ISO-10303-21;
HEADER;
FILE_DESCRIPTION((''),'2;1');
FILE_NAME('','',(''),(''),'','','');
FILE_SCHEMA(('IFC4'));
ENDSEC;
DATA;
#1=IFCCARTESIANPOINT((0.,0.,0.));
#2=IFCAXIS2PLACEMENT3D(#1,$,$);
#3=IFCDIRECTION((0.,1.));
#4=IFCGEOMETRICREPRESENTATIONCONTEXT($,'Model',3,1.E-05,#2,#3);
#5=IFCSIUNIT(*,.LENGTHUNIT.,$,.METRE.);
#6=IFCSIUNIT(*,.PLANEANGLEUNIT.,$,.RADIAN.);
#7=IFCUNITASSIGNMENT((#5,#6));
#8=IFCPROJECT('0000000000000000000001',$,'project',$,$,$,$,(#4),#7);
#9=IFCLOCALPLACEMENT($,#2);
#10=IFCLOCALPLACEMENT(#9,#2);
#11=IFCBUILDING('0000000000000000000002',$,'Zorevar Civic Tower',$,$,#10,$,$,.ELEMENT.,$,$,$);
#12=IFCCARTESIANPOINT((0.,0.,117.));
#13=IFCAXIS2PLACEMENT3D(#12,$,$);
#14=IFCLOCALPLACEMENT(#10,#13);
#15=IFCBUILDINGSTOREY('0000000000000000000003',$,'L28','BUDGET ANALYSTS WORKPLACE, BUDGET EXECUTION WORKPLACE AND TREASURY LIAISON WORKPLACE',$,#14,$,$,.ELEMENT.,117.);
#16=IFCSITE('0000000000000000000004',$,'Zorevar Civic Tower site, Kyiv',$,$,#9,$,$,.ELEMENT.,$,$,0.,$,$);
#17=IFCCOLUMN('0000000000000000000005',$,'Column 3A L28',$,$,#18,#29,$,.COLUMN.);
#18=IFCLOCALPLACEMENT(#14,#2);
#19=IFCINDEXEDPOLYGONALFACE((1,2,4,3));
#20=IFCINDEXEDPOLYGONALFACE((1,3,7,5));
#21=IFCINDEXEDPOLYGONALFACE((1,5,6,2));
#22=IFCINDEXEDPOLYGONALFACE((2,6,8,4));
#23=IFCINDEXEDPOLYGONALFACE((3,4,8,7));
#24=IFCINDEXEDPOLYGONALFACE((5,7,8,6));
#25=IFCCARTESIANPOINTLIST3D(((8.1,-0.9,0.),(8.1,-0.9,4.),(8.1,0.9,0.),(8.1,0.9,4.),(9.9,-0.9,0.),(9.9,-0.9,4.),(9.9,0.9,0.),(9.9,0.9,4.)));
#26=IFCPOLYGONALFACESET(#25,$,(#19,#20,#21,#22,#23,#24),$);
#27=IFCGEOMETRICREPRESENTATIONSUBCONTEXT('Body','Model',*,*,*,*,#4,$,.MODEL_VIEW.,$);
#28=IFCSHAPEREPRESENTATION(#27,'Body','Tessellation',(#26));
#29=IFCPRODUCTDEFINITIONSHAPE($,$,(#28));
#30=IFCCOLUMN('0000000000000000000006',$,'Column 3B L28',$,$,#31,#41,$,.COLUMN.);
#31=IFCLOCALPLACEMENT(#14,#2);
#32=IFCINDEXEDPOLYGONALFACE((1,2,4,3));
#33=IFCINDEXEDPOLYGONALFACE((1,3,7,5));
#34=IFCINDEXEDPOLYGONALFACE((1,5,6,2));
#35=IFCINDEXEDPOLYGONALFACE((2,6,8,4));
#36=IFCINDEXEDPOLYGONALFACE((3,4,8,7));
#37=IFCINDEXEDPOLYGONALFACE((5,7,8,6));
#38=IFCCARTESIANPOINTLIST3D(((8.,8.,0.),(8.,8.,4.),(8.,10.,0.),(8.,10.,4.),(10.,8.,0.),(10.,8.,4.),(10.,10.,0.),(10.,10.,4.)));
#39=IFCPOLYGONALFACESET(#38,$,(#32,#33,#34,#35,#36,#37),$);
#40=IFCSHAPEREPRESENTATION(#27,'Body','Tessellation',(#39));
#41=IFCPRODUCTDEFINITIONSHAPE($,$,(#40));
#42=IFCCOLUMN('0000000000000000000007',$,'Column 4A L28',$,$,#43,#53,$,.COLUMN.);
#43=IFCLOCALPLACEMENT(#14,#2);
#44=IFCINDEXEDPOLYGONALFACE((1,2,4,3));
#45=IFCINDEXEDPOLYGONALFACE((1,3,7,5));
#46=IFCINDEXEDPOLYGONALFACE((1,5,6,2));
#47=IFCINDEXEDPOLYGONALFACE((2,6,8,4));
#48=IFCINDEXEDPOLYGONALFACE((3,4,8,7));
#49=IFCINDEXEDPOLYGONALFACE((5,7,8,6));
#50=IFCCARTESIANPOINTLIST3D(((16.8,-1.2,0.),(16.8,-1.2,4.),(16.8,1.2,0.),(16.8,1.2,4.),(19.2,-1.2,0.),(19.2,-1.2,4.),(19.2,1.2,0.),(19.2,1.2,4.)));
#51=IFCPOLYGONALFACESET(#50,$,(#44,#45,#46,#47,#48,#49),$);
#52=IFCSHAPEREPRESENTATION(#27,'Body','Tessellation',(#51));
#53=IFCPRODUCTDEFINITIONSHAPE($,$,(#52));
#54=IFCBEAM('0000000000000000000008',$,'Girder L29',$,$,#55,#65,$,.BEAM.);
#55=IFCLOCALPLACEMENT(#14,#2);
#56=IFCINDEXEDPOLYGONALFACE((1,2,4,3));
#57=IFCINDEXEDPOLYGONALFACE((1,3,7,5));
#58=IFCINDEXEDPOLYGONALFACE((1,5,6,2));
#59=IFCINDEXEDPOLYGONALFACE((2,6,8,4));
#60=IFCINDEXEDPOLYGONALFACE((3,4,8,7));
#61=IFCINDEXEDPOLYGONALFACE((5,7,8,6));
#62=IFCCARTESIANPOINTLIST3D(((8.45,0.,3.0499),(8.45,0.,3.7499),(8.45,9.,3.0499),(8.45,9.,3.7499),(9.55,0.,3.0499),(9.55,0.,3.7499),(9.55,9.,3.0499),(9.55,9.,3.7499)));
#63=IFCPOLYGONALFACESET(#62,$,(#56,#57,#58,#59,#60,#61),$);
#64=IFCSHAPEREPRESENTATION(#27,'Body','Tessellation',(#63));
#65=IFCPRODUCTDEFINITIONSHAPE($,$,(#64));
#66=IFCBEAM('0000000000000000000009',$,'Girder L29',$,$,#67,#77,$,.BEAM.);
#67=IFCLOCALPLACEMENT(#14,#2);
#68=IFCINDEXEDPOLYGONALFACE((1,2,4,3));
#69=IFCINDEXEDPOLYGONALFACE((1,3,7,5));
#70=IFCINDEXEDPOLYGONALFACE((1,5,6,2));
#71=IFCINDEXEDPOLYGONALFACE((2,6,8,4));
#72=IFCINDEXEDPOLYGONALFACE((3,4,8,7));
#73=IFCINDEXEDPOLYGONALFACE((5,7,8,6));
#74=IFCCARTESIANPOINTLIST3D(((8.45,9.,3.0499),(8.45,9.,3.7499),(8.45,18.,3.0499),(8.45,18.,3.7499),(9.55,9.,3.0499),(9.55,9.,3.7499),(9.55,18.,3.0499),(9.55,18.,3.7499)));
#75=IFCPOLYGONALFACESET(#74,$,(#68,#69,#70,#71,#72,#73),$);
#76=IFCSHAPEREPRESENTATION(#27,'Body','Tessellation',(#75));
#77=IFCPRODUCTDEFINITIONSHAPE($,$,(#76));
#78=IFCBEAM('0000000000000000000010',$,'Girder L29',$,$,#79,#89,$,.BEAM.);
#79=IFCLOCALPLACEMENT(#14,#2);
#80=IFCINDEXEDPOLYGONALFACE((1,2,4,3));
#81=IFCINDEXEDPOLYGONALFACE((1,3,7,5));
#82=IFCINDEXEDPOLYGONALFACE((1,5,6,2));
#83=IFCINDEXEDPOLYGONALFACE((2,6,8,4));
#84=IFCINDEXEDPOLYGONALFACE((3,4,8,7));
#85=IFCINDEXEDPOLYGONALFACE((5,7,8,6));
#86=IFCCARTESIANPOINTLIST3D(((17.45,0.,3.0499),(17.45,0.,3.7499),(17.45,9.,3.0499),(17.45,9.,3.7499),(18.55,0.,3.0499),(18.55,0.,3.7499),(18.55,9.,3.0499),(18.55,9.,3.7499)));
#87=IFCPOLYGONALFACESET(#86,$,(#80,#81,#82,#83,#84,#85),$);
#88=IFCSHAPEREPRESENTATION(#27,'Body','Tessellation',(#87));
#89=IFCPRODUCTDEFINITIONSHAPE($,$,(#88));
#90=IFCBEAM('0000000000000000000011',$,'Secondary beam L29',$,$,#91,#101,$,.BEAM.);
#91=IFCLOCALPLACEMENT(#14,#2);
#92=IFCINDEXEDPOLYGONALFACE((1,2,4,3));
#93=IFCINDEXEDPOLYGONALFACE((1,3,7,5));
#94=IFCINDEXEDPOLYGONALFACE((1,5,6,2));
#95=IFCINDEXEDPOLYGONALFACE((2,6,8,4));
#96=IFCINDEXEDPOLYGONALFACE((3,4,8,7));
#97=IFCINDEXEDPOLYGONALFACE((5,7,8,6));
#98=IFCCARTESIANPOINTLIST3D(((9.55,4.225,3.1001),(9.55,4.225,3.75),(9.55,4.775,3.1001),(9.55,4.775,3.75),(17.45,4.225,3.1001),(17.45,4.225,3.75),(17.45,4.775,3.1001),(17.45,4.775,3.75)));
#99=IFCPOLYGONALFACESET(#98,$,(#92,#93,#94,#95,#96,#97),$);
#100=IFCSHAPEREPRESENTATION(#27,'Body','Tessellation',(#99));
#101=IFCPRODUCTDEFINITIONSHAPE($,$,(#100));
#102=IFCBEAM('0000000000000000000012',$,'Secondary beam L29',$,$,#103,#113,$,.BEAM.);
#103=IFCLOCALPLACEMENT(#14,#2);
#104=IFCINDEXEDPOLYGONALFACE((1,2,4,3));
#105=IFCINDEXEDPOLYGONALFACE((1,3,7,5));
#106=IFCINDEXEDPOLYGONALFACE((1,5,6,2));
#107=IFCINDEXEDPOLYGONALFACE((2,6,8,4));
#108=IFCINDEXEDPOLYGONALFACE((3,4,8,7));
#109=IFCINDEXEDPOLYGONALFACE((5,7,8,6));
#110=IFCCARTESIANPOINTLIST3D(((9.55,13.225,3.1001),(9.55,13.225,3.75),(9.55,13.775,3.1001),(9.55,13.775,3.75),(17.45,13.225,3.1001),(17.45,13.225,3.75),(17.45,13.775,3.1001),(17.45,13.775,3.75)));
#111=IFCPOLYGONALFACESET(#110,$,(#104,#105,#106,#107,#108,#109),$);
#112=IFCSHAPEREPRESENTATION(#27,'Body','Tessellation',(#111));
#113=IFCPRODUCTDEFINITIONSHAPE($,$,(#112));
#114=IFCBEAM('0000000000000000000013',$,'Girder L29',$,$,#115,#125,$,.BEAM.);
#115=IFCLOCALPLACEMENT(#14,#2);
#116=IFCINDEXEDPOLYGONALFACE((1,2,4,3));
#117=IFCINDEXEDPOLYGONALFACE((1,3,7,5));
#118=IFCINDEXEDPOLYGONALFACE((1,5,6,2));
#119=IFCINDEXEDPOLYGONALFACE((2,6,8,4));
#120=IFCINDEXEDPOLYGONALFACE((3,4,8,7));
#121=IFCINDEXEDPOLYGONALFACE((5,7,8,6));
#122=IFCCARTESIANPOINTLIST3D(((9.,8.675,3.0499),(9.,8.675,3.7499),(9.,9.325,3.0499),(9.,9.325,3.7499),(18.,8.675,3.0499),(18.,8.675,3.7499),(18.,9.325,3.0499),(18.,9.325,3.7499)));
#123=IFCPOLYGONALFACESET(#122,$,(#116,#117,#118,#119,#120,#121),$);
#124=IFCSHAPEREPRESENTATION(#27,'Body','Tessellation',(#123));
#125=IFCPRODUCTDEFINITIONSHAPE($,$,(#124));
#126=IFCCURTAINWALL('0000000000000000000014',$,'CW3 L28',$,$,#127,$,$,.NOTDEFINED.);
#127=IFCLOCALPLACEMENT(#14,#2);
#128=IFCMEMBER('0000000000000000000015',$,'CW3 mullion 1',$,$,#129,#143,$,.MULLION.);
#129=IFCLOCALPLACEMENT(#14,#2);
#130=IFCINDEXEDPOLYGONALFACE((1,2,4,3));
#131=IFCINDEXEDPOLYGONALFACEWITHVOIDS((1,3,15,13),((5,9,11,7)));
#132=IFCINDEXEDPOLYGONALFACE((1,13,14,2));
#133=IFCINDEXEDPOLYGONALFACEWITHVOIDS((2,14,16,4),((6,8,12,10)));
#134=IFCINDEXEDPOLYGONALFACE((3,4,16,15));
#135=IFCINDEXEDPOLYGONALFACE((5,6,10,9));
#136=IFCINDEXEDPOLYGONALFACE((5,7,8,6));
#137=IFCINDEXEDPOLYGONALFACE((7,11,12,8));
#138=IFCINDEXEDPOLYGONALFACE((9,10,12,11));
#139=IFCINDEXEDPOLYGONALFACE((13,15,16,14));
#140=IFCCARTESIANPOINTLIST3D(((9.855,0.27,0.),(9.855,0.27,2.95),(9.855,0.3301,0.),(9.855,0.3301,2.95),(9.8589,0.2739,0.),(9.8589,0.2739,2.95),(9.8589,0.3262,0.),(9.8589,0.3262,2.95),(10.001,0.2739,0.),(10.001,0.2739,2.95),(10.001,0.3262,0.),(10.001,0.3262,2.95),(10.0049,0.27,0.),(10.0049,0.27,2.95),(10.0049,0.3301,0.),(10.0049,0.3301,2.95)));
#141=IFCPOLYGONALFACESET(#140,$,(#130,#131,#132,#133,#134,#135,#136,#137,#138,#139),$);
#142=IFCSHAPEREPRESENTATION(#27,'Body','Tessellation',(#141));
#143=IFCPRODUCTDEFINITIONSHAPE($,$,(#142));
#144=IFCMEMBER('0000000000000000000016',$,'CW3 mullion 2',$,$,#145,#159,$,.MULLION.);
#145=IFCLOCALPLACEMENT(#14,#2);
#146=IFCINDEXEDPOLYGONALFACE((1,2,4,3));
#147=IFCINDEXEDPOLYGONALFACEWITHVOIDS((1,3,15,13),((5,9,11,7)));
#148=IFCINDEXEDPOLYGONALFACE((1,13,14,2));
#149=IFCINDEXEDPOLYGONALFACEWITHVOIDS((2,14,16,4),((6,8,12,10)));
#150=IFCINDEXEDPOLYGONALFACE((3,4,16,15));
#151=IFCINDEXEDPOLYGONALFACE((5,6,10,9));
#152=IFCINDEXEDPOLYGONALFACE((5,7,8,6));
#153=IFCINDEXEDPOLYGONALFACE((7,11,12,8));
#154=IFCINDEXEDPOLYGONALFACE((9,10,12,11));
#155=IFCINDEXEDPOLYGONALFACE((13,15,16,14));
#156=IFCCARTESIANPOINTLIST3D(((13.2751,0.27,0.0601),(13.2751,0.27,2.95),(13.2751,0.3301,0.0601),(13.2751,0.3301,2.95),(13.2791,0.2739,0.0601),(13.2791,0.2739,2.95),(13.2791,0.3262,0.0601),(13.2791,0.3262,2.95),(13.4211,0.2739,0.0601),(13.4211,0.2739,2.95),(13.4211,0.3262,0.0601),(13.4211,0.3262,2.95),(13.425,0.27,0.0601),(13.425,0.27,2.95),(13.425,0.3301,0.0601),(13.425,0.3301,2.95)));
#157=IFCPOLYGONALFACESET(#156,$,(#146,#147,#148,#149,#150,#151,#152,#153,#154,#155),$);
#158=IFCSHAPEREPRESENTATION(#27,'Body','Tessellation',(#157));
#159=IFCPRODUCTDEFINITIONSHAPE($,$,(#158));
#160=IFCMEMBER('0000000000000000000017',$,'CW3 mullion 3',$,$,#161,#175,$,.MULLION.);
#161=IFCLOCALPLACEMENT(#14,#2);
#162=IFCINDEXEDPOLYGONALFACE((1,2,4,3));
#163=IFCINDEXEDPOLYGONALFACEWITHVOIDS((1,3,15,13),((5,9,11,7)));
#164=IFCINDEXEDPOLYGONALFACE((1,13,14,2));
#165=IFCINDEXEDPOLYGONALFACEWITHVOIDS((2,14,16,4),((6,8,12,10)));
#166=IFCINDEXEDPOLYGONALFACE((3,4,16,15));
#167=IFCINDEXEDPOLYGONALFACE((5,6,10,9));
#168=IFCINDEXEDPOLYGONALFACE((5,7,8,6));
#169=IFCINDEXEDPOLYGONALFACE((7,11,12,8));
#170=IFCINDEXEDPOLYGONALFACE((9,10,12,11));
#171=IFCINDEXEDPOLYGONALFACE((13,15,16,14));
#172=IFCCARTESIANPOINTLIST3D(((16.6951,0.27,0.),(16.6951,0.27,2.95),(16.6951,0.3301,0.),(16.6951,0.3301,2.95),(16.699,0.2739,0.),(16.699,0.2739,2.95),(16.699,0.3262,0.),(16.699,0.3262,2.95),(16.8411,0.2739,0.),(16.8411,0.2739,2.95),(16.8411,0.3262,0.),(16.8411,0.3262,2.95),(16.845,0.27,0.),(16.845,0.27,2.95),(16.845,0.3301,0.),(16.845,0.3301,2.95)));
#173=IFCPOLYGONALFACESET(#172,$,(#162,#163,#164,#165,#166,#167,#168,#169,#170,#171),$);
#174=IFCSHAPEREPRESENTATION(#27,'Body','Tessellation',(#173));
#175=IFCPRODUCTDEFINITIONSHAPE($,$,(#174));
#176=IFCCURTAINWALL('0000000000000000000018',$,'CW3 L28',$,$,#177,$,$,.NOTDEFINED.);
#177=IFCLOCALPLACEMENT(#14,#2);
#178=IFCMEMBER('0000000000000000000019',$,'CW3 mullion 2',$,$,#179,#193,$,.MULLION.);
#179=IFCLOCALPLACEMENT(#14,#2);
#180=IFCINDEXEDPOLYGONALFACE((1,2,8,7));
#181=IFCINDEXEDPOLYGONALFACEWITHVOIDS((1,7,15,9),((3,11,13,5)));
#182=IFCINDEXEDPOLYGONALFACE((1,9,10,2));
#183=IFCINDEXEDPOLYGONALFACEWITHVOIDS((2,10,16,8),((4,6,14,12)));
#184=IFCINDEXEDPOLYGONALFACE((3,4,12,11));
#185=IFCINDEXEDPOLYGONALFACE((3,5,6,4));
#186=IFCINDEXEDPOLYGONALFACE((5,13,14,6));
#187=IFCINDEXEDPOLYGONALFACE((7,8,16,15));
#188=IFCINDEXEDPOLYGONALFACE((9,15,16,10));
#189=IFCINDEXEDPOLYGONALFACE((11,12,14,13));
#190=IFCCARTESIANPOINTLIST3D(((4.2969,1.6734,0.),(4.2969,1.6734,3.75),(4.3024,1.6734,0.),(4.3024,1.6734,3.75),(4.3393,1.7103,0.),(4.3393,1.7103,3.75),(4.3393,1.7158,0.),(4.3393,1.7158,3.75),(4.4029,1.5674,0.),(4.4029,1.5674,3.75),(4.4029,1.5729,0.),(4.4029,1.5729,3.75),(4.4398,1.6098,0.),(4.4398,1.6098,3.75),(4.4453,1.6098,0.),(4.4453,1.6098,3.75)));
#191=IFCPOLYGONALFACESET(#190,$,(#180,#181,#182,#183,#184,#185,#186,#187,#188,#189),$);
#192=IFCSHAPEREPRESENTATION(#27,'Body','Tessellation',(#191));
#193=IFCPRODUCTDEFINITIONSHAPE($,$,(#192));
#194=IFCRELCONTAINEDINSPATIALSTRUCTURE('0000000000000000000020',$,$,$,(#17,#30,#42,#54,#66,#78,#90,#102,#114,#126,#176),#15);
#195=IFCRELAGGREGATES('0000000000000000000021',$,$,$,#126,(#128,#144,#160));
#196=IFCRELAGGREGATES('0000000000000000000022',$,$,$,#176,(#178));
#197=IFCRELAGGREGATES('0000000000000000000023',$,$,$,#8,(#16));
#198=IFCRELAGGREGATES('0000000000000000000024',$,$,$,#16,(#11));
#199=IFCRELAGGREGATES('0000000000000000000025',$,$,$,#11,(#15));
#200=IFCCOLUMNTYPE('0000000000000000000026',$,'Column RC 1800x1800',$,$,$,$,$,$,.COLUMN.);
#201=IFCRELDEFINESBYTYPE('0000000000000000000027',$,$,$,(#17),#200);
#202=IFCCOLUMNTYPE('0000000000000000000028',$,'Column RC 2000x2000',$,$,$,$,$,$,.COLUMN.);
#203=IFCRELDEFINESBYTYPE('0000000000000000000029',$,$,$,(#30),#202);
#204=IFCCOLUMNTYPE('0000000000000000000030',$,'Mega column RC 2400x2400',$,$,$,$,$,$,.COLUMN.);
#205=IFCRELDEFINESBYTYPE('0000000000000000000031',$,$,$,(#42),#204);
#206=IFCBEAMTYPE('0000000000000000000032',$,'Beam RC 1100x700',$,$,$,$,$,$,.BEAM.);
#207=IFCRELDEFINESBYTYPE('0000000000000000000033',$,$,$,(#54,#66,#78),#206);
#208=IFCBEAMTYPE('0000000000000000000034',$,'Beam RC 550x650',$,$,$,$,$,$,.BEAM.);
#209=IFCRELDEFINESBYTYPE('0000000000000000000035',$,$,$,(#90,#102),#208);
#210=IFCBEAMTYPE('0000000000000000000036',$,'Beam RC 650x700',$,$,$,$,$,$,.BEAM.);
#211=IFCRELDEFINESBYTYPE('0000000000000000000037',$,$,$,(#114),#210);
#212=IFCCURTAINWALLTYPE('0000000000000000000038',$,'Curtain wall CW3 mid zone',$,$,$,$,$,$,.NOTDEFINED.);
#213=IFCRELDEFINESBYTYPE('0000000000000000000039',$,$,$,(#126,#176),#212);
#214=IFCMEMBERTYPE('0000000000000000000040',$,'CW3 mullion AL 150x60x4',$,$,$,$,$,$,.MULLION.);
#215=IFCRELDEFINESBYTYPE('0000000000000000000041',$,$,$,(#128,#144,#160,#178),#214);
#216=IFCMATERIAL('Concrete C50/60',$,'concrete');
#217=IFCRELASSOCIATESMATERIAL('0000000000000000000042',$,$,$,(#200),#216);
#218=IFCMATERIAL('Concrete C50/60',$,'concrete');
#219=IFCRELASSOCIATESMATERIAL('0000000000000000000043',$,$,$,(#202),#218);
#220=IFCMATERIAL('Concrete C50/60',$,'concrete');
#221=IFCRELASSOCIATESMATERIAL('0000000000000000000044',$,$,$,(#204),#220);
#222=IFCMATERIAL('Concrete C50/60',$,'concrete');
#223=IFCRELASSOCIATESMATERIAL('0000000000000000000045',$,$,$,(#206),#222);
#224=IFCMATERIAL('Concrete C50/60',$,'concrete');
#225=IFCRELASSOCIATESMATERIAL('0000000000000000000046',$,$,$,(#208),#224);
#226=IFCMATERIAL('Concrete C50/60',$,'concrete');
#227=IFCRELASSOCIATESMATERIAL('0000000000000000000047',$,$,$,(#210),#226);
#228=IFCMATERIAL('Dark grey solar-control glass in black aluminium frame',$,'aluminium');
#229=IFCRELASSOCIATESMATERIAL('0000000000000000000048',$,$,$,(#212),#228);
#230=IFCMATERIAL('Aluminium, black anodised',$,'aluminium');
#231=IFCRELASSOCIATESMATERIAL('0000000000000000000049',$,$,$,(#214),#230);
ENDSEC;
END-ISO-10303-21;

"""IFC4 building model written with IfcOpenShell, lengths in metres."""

from ifc_helpers import new_model, si_unit, direction, frame, origin, origin_2d, place, context, subcontext, project, spatial, rectangle, hollow_rectangle, extrude, material, material_profile, profile_set, type_object, element, aggregate, save


model = new_model("IFC4")

# Units and contexts
model_context = context("Model", 3, precision=1e-05, world=origin(), true_north=direction((0.0, 1.0)))
body_context = subcontext(model_context, "Body", "Model", "MODEL_VIEW")
ifc_project = project(units=[si_unit("LENGTHUNIT", "METRE"), si_unit("PLANEANGLEUNIT", "RADIAN")], contexts=[model_context])

# Site, building, storey
site_placement = place(None, origin())
site = spatial("IfcSite", under=ifc_project, at=site_placement, Name="Zorevar Civic Tower site, Kyiv", CompositionType="ELEMENT", RefElevation=0.0)
building_placement = place(site_placement, origin())
building = spatial("IfcBuilding", under=site, at=building_placement, Name="Zorevar Civic Tower", CompositionType="ELEMENT")
storey_placement = place(building_placement, frame((0.0, 0.0, 117.0)))
storey = spatial("IfcBuildingStorey", under=building, at=storey_placement, Name="L28", Description="BUDGET ANALYSTS WORKPLACE, BUDGET EXECUTION WORKPLACE AND TREASURY LIAISON WORKPLACE", CompositionType="ELEMENT", Elevation=117.0)

# Columns
ifc_material_1 = material(Name="Concrete C50/60", Category="concrete")
ifc_material_profile_1 = material_profile(ifc_material_1, rectangle(XDim=1.8, YDim=1.8, at=origin_2d()), Name="RC 1800x1800")
ifc_profile_set_1 = profile_set([ifc_material_profile_1], Name="Concrete C50/60")
column_type_1 = type_object("IfcColumnType", Name="Column RC 1800x1800", PredefinedType="COLUMN", material=ifc_profile_set_1)
column_1_placement = place(storey_placement, frame((9.0, 0.0, 0.0), z_axis=(0.0, 0.0, 1.0), x_axis=(1.0, 0.0, 0.0)))
element("IfcColumn", 1, at=column_1_placement, inside=storey, type_object=column_type_1, Name="Column 3A L28", PredefinedType="COLUMN", context=body_context, shape_type="SweptSolid", body=[
    extrude(rectangle(XDim=1.8, YDim=1.8, at=origin_2d()), origin(), (0.0, 0.0, 1.0), 4.0),
])
ifc_material_2 = material(Name="Concrete C50/60", Category="concrete")
ifc_material_profile_2 = material_profile(ifc_material_2, rectangle(XDim=2.0, YDim=2.0, at=origin_2d()), Name="RC 2000x2000")
ifc_profile_set_2 = profile_set([ifc_material_profile_2], Name="Concrete C50/60")
column_type_2 = type_object("IfcColumnType", Name="Column RC 2000x2000", PredefinedType="COLUMN", material=ifc_profile_set_2)
column_2_placement = place(storey_placement, frame((9.0, 9.0, 0.0), z_axis=(0.0, 0.0, 1.0), x_axis=(1.0, 0.0, 0.0)))
element("IfcColumn", 2, at=column_2_placement, inside=storey, type_object=column_type_2, Name="Column 3B L28", PredefinedType="COLUMN", context=body_context, shape_type="SweptSolid", body=[
    extrude(rectangle(XDim=2.0, YDim=2.0, at=origin_2d()), origin(), (0.0, 0.0, 1.0), 4.0),
])
ifc_material_3 = material(Name="Concrete C50/60", Category="concrete")
ifc_material_profile_3 = material_profile(ifc_material_3, rectangle(XDim=2.3999, YDim=2.3999, at=origin_2d()), Name="RC 2400x2400")
ifc_profile_set_3 = profile_set([ifc_material_profile_3], Name="Concrete C50/60")
column_type_3 = type_object("IfcColumnType", Name="Mega column RC 2400x2400", PredefinedType="COLUMN", material=ifc_profile_set_3)
column_3_placement = place(storey_placement, frame((18.0, 0.0, 0.0), z_axis=(0.0, 0.0, 1.0), x_axis=(1.0, 0.0, 0.0)))
element("IfcColumn", 3, at=column_3_placement, inside=storey, type_object=column_type_3, Name="Column 4A L28", PredefinedType="COLUMN", context=body_context, shape_type="SweptSolid", body=[
    extrude(rectangle(XDim=2.3999, YDim=2.3999, at=origin_2d()), origin(), (0.0, 0.0, 1.0), 4.0),
])

# Beams
ifc_material_4 = material(Name="Concrete C50/60", Category="concrete")
ifc_material_profile_4 = material_profile(ifc_material_4, rectangle(XDim=1.1001, YDim=0.7, at=origin_2d()), Name="RC 1100x700")
ifc_profile_set_4 = profile_set([ifc_material_profile_4], Name="Concrete C50/60")
beam_type_1 = type_object("IfcBeamType", Name="Beam RC 1100x700", PredefinedType="BEAM", material=ifc_profile_set_4)
for number, where, z_axis, x_axis, name in (
    (4, (9.0, 0.0, 3.3999), (0.0, 1.0, 0.0), (-1.0, 0.0, 0.0), "Girder L29"),
    (5, (9.0, 9.0, 3.3999), (0.0, 1.0, 0.0), (-1.0, 0.0, 0.0), "Girder L29"),
    (6, (18.0, 0.0, 3.3999), (0.0, 1.0, 0.0), (-1.0, 0.0, 0.0), "Girder L29"),
):
    element("IfcBeam", number, at=place(storey_placement, frame(where, z_axis=z_axis, x_axis=x_axis)), inside=storey, type_object=beam_type_1, Name=name, PredefinedType="BEAM", context=body_context, shape_type="SweptSolid", body=[
        extrude(rectangle(XDim=1.1001, YDim=0.7, at=origin_2d()), origin(), (0.0, 0.0, 1.0), 9.0),
    ])
ifc_material_5 = material(Name="Concrete C50/60", Category="concrete")
ifc_material_profile_5 = material_profile(ifc_material_5, rectangle(XDim=0.55, YDim=0.6499, at=origin_2d()), Name="RC 550x650")
ifc_profile_set_5 = profile_set([ifc_material_profile_5], Name="Concrete C50/60")
beam_type_2 = type_object("IfcBeamType", Name="Beam RC 550x650", PredefinedType="BEAM", material=ifc_profile_set_5)
for number, where, z_axis, x_axis, name in (
    (7, (9.55, 4.5, 3.425), (1.0, 0.0, 0.0), (0.0, 1.0, 0.0), "Secondary beam L29"),
    (8, (9.55, 13.5, 3.425), (1.0, 0.0, 0.0), (0.0, 1.0, 0.0), "Secondary beam L29"),
):
    element("IfcBeam", number, at=place(storey_placement, frame(where, z_axis=z_axis, x_axis=x_axis)), inside=storey, type_object=beam_type_2, Name=name, PredefinedType="BEAM", context=body_context, shape_type="SweptSolid", body=[
        extrude(rectangle(XDim=0.55, YDim=0.6499, at=origin_2d()), origin(), (0.0, 0.0, 1.0), 7.8999),
    ])
ifc_material_6 = material(Name="Concrete C50/60", Category="concrete")
ifc_material_profile_6 = material_profile(ifc_material_6, rectangle(XDim=0.6499, YDim=0.7, at=origin_2d()), Name="RC 650x700")
ifc_profile_set_6 = profile_set([ifc_material_profile_6], Name="Concrete C50/60")
beam_type_3 = type_object("IfcBeamType", Name="Beam RC 650x700", PredefinedType="BEAM", material=ifc_profile_set_6)
beam_placement = place(storey_placement, frame((9.0, 9.0, 3.3999), z_axis=(1.0, 0.0, 0.0), x_axis=(0.0, 1.0, 0.0)))
element("IfcBeam", 9, at=beam_placement, inside=storey, type_object=beam_type_3, Name="Girder L29", PredefinedType="BEAM", context=body_context, shape_type="SweptSolid", body=[
    extrude(rectangle(XDim=0.6499, YDim=0.7, at=origin_2d()), origin(), (0.0, 0.0, 1.0), 9.0),
])

# Curtain wall, members
ifc_material_7 = material(Name="Dark grey solar-control glass in black aluminium frame", Category="aluminium")
curtain_wall_type = type_object("IfcCurtainWallType", Name="Curtain wall CW3 mid zone", PredefinedType="NOTDEFINED", material=ifc_material_7)
curtain_wall_1_placement = place(storey_placement, origin())
curtain_wall_1 = element("IfcCurtainWall", 10, at=curtain_wall_1_placement, inside=storey, type_object=curtain_wall_type, Name="CW3 L28", PredefinedType="NOTDEFINED")
ifc_material_8 = material(Name="Aluminium, black anodised", Category="aluminium")
ifc_material_profile_7 = material_profile(ifc_material_8, hollow_rectangle(XDim=0.0601, YDim=0.1499, WallThickness=0.0039, at=origin_2d()), Name="AL 150x60x4")
ifc_profile_set_7 = profile_set([ifc_material_profile_7], Name="Aluminium, black anodised")
member_type_1 = type_object("IfcMemberType", Name="CW3 mullion AL 150x60x4", PredefinedType="MULLION", material=ifc_profile_set_7)
member_1_placement = place(storey_placement, frame((9.9299, 0.3, 0.0), z_axis=(0.0, 0.0, 1.0), x_axis=(0.0, 1.0, 0.0)))
member_1 = element("IfcMember", 11, at=member_1_placement, type_object=member_type_1, Name="CW3 mullion 1", PredefinedType="MULLION", context=body_context, shape_type="SweptSolid", body=[
    extrude(hollow_rectangle(XDim=0.0601, YDim=0.1499, WallThickness=0.0039, at=origin_2d()), origin(), (0.0, 0.0, 1.0), 2.95),
])
member_2_placement = place(storey_placement, frame((13.3501, 0.3, 0.0601), z_axis=(0.0, 0.0, 1.0), x_axis=(0.0, 1.0, 0.0)))
member_2 = element("IfcMember", 12, at=member_2_placement, type_object=member_type_1, Name="CW3 mullion 2", PredefinedType="MULLION", context=body_context, shape_type="SweptSolid", body=[
    extrude(hollow_rectangle(XDim=0.0601, YDim=0.1499, WallThickness=0.0039, at=origin_2d()), origin(), (0.0, 0.0, 1.0), 2.8899),
])
member_3_placement = place(storey_placement, frame((16.77, 0.3, 0.0), z_axis=(0.0, 0.0, 1.0), x_axis=(0.0, 1.0, 0.0)))
member_3 = element("IfcMember", 13, at=member_3_placement, type_object=member_type_1, Name="CW3 mullion 3", PredefinedType="MULLION", context=body_context, shape_type="SweptSolid", body=[
    extrude(hollow_rectangle(XDim=0.0601, YDim=0.1499, WallThickness=0.0039, at=origin_2d()), origin(), (0.0, 0.0, 1.0), 2.95),
])

# Curtain wall, member
curtain_wall_2_placement = place(storey_placement, origin())
curtain_wall_2 = element("IfcCurtainWall", 14, at=curtain_wall_2_placement, inside=storey, type_object=curtain_wall_type, Name="CW3 L28", PredefinedType="NOTDEFINED")
member_4_placement = place(storey_placement, frame((4.3711, 1.6416, 0.0), z_axis=(0.0, 0.0, 1.0), x_axis=(0.707107, 0.707107, 0.0)))
member_4 = element("IfcMember", 15, at=member_4_placement, type_object=member_type_1, Name="CW3 mullion 2", PredefinedType="MULLION", context=body_context, shape_type="SweptSolid", body=[
    extrude(hollow_rectangle(XDim=0.0601, YDim=0.1499, WallThickness=0.0039, at=origin_2d()), origin(), (0.0, 0.0, 1.0), 3.75),
])

aggregate(curtain_wall_1, [member_1, member_2, member_3])
aggregate(curtain_wall_2, [member_4])

save(model, "model.ifc")
